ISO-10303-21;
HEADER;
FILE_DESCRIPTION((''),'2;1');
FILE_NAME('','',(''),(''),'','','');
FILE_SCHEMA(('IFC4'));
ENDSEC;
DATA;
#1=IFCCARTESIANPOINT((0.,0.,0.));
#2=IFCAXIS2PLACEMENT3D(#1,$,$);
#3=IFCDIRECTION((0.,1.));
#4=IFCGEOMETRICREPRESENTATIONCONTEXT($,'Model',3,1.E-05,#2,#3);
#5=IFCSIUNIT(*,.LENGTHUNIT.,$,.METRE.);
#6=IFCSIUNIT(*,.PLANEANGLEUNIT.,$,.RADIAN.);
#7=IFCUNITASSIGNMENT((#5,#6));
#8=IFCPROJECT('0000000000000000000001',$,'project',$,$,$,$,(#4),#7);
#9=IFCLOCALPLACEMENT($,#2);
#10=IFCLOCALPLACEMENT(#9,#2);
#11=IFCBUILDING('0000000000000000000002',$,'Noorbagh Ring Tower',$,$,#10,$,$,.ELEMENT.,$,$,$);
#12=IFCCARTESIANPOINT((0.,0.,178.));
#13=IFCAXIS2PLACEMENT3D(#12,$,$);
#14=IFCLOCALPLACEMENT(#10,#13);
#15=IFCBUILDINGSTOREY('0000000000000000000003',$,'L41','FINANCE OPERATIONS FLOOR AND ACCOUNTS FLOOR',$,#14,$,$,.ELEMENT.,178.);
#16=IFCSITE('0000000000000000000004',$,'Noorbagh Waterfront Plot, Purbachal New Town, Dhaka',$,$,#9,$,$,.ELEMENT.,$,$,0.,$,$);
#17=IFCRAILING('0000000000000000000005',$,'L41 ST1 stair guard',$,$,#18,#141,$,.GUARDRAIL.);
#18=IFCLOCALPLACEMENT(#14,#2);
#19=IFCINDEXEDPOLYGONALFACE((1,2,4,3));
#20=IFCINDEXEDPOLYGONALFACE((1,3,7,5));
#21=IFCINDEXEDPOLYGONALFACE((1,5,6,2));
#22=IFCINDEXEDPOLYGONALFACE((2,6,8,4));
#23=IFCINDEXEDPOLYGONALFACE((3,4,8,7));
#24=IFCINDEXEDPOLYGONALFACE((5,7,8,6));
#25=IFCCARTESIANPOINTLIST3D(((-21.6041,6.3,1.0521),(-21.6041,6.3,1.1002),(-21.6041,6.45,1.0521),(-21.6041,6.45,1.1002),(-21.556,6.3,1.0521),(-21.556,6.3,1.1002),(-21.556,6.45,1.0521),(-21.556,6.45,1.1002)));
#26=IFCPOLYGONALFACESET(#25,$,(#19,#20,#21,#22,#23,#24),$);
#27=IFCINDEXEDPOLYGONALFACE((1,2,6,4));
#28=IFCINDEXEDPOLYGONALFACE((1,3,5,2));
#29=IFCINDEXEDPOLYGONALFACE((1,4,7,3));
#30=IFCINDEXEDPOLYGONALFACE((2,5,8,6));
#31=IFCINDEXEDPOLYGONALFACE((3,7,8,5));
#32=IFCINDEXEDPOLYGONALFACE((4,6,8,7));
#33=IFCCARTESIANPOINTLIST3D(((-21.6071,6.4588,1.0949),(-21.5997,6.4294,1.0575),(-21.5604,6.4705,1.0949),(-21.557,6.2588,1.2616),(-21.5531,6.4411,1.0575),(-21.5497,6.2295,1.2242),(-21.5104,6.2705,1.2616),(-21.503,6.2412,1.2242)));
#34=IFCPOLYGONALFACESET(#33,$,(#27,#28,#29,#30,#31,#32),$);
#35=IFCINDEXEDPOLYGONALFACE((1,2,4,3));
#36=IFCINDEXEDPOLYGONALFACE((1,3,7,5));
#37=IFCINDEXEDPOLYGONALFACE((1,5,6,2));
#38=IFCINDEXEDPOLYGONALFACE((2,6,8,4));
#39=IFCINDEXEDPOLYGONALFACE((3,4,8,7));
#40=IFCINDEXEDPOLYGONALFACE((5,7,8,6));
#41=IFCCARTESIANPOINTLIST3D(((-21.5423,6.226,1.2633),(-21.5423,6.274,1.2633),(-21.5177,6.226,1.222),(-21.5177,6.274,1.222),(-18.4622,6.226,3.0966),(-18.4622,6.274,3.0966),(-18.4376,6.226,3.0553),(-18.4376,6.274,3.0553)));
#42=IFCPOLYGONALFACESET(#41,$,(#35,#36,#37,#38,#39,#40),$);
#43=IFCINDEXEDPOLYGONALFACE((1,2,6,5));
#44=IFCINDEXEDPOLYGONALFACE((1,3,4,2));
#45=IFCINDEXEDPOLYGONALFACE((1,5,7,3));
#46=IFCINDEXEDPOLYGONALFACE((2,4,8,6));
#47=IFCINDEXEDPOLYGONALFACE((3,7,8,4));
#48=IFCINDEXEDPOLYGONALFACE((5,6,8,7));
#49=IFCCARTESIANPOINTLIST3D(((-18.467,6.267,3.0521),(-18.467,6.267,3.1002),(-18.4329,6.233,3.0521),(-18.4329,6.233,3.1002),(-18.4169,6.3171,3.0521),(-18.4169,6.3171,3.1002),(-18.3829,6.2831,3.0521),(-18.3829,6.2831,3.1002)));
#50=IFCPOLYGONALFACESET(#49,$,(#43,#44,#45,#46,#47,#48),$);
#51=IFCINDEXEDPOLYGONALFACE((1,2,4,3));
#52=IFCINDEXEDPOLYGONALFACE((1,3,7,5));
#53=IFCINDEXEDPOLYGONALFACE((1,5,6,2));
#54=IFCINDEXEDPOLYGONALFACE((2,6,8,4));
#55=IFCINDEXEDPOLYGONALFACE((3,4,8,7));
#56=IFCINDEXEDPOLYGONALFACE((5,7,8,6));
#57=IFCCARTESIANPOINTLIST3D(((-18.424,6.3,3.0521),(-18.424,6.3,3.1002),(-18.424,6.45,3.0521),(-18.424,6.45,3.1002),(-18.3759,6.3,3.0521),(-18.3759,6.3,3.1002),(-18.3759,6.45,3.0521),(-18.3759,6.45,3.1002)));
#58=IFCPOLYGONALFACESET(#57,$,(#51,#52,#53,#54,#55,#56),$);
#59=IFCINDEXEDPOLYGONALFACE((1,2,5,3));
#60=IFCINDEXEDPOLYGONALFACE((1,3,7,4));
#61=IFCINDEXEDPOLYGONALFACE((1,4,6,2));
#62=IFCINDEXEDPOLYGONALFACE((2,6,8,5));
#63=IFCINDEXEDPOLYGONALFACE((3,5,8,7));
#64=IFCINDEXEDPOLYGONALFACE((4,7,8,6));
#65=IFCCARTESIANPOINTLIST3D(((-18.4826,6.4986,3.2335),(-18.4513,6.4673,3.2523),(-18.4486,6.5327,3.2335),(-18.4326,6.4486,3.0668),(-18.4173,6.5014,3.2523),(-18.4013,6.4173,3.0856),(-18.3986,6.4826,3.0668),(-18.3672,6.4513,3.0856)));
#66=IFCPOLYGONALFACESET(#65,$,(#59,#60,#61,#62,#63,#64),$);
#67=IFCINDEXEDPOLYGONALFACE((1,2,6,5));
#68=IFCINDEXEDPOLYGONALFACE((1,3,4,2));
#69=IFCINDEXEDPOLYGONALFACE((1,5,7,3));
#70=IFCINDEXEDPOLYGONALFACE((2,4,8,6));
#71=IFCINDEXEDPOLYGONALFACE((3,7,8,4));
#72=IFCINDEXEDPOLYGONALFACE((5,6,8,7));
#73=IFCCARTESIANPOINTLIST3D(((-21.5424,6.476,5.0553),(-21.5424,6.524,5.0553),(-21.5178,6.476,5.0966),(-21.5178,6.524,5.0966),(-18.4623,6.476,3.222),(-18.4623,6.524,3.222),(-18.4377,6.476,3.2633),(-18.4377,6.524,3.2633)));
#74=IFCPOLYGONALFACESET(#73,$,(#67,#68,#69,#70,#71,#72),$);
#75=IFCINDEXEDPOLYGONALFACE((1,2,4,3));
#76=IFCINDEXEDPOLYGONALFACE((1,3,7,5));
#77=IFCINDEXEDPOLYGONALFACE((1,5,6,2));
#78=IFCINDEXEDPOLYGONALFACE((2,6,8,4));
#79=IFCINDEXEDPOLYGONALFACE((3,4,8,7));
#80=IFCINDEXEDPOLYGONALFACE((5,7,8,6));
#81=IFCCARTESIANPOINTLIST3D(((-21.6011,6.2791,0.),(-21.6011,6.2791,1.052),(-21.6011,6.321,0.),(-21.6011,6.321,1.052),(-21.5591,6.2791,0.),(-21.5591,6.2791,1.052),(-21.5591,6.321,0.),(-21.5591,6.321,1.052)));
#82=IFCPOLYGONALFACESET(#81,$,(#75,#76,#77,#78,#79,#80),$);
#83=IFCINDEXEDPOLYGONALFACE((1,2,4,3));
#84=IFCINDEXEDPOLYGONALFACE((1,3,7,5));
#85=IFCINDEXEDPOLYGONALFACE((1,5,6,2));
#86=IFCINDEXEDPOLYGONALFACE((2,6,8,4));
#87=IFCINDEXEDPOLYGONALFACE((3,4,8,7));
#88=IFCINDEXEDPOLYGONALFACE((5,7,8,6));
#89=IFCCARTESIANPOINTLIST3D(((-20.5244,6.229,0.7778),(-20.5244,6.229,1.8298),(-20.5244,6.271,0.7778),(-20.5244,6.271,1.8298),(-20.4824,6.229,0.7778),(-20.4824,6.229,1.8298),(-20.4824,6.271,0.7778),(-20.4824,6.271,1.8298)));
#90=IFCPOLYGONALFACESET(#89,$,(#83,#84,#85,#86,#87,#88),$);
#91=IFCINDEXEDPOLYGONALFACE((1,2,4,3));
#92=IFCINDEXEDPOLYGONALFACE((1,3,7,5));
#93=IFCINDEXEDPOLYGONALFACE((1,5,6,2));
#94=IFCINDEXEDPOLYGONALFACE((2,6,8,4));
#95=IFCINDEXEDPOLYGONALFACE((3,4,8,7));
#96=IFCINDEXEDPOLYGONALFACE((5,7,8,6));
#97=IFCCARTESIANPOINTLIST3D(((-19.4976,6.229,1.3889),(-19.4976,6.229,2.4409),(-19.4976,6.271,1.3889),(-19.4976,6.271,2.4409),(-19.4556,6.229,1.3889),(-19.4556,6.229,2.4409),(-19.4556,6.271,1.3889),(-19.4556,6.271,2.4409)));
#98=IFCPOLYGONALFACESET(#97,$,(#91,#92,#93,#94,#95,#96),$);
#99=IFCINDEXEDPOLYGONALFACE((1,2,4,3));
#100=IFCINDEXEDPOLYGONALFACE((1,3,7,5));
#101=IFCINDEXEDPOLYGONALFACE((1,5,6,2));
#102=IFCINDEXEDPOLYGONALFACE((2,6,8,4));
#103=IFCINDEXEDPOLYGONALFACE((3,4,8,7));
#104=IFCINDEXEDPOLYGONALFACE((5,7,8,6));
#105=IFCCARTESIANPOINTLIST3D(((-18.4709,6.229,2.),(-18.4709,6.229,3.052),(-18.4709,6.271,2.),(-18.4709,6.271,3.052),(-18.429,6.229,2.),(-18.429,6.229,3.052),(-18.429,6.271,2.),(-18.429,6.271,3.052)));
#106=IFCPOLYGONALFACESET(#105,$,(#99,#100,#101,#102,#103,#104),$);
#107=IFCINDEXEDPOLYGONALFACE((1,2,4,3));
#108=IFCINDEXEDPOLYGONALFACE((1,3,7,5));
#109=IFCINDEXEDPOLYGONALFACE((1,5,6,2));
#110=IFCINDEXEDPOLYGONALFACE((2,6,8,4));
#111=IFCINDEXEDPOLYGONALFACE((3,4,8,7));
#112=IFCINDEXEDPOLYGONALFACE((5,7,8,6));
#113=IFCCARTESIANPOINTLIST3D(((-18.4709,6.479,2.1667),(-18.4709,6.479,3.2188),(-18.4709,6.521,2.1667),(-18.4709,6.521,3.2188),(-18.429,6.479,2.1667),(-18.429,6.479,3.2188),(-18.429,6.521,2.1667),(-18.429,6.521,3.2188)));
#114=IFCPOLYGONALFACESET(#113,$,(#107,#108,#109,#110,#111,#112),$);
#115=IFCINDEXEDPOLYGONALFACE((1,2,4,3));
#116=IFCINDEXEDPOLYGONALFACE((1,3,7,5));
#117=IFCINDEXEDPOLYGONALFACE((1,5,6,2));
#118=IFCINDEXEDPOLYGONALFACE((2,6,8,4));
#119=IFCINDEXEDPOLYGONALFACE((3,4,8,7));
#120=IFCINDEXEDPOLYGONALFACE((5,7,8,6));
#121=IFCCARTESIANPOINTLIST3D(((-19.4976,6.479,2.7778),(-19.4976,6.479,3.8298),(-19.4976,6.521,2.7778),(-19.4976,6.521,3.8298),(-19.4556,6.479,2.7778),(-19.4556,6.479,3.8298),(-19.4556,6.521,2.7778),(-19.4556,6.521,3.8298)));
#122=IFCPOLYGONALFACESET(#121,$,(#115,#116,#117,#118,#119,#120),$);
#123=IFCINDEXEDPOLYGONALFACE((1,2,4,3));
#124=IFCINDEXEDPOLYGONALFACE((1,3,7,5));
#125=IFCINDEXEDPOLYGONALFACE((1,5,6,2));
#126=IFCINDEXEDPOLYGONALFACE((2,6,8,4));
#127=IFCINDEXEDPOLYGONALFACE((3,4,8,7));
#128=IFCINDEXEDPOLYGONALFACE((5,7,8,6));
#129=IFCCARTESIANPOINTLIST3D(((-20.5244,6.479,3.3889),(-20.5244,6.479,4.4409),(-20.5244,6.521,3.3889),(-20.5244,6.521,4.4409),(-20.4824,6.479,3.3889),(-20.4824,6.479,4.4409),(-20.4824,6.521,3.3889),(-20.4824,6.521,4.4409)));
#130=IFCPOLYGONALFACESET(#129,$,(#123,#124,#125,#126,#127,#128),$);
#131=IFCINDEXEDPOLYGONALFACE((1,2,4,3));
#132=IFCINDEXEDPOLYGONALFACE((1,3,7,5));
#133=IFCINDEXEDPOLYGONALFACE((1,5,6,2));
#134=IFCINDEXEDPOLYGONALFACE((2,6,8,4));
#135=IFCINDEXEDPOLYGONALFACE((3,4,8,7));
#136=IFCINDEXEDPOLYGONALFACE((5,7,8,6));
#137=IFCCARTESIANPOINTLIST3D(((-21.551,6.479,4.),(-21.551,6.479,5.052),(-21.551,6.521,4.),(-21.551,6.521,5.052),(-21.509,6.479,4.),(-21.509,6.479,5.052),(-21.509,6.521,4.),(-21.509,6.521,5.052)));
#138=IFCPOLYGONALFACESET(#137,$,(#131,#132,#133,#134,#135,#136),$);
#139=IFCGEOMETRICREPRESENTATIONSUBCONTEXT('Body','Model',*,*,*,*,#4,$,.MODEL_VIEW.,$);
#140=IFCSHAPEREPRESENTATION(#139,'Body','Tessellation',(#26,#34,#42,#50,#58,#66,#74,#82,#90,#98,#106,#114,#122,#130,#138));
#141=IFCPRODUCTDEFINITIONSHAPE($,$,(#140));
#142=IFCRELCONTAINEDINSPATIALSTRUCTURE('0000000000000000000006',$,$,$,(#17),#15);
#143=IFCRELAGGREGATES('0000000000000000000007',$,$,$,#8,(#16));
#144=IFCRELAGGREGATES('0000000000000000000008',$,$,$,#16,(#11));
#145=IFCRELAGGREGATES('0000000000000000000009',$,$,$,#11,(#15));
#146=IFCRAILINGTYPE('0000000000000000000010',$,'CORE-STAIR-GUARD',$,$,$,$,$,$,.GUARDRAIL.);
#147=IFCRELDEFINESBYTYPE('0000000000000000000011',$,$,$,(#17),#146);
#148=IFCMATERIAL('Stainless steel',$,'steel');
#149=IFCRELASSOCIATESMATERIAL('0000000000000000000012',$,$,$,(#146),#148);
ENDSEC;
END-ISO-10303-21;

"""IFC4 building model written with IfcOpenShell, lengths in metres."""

from ifc_helpers import new_model, si_unit, direction, frame, origin, origin_2d, place, context, subcontext, project, spatial, rectangle, extrude, material, type_object, element, save


model = new_model("IFC4")

# Units and contexts
model_context = context("Model", 3, precision=1e-05, world=origin(), true_north=direction((0.0, 1.0)))
body_context = subcontext(model_context, "Body", "Model", "MODEL_VIEW")
ifc_project = project(units=[si_unit("LENGTHUNIT", "METRE"), si_unit("PLANEANGLEUNIT", "RADIAN")], contexts=[model_context])

# Site, building, storey
site_placement = place(None, origin())
site = spatial("IfcSite", under=ifc_project, at=site_placement, Name="Noorbagh Waterfront Plot, Purbachal New Town, Dhaka", CompositionType="ELEMENT", RefElevation=0.0)
building_placement = place(site_placement, origin())
building = spatial("IfcBuilding", under=site, at=building_placement, Name="Noorbagh Ring Tower", CompositionType="ELEMENT")
storey_placement = place(building_placement, frame((0.0, 0.0, 178.0)))
storey = spatial("IfcBuildingStorey", under=building, at=storey_placement, Name="L41", Description="FINANCE OPERATIONS FLOOR AND ACCOUNTS FLOOR", CompositionType="ELEMENT", Elevation=178.0)

# Railing
ifc_material_1 = material(Name="Stainless steel", Category="steel")
railing_type_1 = type_object("IfcRailingType", Name="CORE-STAIR-GUARD", PredefinedType="GUARDRAIL", material=ifc_material_1)
railing_1_placement = place(storey_placement, frame((-21.5801, 6.3, 0.0)))
element("IfcRailing", 1, at=railing_1_placement, inside=storey, type_object=railing_type_1, Name="L41 ST1 stair guard", PredefinedType="GUARDRAIL", context=body_context, shape_type="SweptSolid", body=[
    extrude(rectangle(XDim=0.0481, YDim=0.0481, at=origin_2d()), frame((0.0, 0.0, 1.0762), z_axis=(0.0, 1.0, 0.0), x_axis=(-1.0, 0.0, 0.0)), (0.0, 0.0, 1.0), 0.1499),
    extrude(rectangle(XDim=0.0481, YDim=0.0481, at=origin_2d()), frame((0.0, 0.1499, 1.0762), z_axis=(0.188776, -0.754182, 0.628946), x_axis=(0.970073, 0.242814, 0.0)), (0.0, 0.0, 1.0), 0.2651),
    extrude(rectangle(XDim=0.0481, YDim=0.0481, at=origin_2d()), frame((0.05, -0.05, 1.2427), z_axis=(0.859309, 0.0, 0.511458), x_axis=(0.0, 1.0, 0.0)), (0.0, 0.0, 1.0), 3.5845),
    extrude(rectangle(XDim=0.0481, YDim=0.0481, at=origin_2d()), frame((3.1301, -0.05, 3.0762), z_axis=(0.707107, 0.707107, 0.0), x_axis=(-0.707107, 0.707107, 0.0)), (0.0, 0.0, 1.0), 0.0708),
    extrude(rectangle(XDim=0.0481, YDim=0.0481, at=origin_2d()), frame((3.1802, 0.0, 3.0762), z_axis=(0.0, 1.0, 0.0), x_axis=(-1.0, 0.0, 0.0)), (0.0, 0.0, 1.0), 0.1499),
    extrude(rectangle(XDim=0.0481, YDim=0.0481, at=origin_2d()), frame((3.1802, 0.1499, 3.0762), z_axis=(-0.276287, 0.276287, 0.920506), x_axis=(-0.707107, -0.707107, 0.0)), (0.0, 0.0, 1.0), 0.1812),
    extrude(rectangle(XDim=0.0481, YDim=0.0481, at=origin_2d()), frame((3.1301, 0.2, 3.2427), z_axis=(-0.859309, 0.0, 0.511458), x_axis=(0.0, -1.0, 0.0)), (0.0, 0.0, 1.0), 3.5845),
    extrude(rectangle(XDim=0.042, YDim=0.042, at=origin_2d()), origin(), (0.0, 0.0, 1.0), 1.052),
    extrude(rectangle(XDim=0.042, YDim=0.042, at=origin_2d()), frame((1.0767, -0.05, 0.7778)), (0.0, 0.0, 1.0), 1.052),
    extrude(rectangle(XDim=0.042, YDim=0.042, at=origin_2d()), frame((2.1035, -0.05, 1.3889)), (0.0, 0.0, 1.0), 1.052),
    extrude(rectangle(XDim=0.042, YDim=0.042, at=origin_2d()), frame((3.1301, -0.05, 2.0)), (0.0, 0.0, 1.0), 1.052),
    extrude(rectangle(XDim=0.042, YDim=0.042, at=origin_2d()), frame((3.1301, 0.2, 2.1667)), (0.0, 0.0, 1.0), 1.052),
    extrude(rectangle(XDim=0.042, YDim=0.042, at=origin_2d()), frame((2.1035, 0.2, 2.7778)), (0.0, 0.0, 1.0), 1.052),
    extrude(rectangle(XDim=0.042, YDim=0.042, at=origin_2d()), frame((1.0767, 0.2, 3.3889)), (0.0, 0.0, 1.0), 1.052),
    extrude(rectangle(XDim=0.042, YDim=0.042, at=origin_2d()), frame((0.05, 0.2, 4.0)), (0.0, 0.0, 1.0), 1.052),
])

save(model, "model.ifc")
